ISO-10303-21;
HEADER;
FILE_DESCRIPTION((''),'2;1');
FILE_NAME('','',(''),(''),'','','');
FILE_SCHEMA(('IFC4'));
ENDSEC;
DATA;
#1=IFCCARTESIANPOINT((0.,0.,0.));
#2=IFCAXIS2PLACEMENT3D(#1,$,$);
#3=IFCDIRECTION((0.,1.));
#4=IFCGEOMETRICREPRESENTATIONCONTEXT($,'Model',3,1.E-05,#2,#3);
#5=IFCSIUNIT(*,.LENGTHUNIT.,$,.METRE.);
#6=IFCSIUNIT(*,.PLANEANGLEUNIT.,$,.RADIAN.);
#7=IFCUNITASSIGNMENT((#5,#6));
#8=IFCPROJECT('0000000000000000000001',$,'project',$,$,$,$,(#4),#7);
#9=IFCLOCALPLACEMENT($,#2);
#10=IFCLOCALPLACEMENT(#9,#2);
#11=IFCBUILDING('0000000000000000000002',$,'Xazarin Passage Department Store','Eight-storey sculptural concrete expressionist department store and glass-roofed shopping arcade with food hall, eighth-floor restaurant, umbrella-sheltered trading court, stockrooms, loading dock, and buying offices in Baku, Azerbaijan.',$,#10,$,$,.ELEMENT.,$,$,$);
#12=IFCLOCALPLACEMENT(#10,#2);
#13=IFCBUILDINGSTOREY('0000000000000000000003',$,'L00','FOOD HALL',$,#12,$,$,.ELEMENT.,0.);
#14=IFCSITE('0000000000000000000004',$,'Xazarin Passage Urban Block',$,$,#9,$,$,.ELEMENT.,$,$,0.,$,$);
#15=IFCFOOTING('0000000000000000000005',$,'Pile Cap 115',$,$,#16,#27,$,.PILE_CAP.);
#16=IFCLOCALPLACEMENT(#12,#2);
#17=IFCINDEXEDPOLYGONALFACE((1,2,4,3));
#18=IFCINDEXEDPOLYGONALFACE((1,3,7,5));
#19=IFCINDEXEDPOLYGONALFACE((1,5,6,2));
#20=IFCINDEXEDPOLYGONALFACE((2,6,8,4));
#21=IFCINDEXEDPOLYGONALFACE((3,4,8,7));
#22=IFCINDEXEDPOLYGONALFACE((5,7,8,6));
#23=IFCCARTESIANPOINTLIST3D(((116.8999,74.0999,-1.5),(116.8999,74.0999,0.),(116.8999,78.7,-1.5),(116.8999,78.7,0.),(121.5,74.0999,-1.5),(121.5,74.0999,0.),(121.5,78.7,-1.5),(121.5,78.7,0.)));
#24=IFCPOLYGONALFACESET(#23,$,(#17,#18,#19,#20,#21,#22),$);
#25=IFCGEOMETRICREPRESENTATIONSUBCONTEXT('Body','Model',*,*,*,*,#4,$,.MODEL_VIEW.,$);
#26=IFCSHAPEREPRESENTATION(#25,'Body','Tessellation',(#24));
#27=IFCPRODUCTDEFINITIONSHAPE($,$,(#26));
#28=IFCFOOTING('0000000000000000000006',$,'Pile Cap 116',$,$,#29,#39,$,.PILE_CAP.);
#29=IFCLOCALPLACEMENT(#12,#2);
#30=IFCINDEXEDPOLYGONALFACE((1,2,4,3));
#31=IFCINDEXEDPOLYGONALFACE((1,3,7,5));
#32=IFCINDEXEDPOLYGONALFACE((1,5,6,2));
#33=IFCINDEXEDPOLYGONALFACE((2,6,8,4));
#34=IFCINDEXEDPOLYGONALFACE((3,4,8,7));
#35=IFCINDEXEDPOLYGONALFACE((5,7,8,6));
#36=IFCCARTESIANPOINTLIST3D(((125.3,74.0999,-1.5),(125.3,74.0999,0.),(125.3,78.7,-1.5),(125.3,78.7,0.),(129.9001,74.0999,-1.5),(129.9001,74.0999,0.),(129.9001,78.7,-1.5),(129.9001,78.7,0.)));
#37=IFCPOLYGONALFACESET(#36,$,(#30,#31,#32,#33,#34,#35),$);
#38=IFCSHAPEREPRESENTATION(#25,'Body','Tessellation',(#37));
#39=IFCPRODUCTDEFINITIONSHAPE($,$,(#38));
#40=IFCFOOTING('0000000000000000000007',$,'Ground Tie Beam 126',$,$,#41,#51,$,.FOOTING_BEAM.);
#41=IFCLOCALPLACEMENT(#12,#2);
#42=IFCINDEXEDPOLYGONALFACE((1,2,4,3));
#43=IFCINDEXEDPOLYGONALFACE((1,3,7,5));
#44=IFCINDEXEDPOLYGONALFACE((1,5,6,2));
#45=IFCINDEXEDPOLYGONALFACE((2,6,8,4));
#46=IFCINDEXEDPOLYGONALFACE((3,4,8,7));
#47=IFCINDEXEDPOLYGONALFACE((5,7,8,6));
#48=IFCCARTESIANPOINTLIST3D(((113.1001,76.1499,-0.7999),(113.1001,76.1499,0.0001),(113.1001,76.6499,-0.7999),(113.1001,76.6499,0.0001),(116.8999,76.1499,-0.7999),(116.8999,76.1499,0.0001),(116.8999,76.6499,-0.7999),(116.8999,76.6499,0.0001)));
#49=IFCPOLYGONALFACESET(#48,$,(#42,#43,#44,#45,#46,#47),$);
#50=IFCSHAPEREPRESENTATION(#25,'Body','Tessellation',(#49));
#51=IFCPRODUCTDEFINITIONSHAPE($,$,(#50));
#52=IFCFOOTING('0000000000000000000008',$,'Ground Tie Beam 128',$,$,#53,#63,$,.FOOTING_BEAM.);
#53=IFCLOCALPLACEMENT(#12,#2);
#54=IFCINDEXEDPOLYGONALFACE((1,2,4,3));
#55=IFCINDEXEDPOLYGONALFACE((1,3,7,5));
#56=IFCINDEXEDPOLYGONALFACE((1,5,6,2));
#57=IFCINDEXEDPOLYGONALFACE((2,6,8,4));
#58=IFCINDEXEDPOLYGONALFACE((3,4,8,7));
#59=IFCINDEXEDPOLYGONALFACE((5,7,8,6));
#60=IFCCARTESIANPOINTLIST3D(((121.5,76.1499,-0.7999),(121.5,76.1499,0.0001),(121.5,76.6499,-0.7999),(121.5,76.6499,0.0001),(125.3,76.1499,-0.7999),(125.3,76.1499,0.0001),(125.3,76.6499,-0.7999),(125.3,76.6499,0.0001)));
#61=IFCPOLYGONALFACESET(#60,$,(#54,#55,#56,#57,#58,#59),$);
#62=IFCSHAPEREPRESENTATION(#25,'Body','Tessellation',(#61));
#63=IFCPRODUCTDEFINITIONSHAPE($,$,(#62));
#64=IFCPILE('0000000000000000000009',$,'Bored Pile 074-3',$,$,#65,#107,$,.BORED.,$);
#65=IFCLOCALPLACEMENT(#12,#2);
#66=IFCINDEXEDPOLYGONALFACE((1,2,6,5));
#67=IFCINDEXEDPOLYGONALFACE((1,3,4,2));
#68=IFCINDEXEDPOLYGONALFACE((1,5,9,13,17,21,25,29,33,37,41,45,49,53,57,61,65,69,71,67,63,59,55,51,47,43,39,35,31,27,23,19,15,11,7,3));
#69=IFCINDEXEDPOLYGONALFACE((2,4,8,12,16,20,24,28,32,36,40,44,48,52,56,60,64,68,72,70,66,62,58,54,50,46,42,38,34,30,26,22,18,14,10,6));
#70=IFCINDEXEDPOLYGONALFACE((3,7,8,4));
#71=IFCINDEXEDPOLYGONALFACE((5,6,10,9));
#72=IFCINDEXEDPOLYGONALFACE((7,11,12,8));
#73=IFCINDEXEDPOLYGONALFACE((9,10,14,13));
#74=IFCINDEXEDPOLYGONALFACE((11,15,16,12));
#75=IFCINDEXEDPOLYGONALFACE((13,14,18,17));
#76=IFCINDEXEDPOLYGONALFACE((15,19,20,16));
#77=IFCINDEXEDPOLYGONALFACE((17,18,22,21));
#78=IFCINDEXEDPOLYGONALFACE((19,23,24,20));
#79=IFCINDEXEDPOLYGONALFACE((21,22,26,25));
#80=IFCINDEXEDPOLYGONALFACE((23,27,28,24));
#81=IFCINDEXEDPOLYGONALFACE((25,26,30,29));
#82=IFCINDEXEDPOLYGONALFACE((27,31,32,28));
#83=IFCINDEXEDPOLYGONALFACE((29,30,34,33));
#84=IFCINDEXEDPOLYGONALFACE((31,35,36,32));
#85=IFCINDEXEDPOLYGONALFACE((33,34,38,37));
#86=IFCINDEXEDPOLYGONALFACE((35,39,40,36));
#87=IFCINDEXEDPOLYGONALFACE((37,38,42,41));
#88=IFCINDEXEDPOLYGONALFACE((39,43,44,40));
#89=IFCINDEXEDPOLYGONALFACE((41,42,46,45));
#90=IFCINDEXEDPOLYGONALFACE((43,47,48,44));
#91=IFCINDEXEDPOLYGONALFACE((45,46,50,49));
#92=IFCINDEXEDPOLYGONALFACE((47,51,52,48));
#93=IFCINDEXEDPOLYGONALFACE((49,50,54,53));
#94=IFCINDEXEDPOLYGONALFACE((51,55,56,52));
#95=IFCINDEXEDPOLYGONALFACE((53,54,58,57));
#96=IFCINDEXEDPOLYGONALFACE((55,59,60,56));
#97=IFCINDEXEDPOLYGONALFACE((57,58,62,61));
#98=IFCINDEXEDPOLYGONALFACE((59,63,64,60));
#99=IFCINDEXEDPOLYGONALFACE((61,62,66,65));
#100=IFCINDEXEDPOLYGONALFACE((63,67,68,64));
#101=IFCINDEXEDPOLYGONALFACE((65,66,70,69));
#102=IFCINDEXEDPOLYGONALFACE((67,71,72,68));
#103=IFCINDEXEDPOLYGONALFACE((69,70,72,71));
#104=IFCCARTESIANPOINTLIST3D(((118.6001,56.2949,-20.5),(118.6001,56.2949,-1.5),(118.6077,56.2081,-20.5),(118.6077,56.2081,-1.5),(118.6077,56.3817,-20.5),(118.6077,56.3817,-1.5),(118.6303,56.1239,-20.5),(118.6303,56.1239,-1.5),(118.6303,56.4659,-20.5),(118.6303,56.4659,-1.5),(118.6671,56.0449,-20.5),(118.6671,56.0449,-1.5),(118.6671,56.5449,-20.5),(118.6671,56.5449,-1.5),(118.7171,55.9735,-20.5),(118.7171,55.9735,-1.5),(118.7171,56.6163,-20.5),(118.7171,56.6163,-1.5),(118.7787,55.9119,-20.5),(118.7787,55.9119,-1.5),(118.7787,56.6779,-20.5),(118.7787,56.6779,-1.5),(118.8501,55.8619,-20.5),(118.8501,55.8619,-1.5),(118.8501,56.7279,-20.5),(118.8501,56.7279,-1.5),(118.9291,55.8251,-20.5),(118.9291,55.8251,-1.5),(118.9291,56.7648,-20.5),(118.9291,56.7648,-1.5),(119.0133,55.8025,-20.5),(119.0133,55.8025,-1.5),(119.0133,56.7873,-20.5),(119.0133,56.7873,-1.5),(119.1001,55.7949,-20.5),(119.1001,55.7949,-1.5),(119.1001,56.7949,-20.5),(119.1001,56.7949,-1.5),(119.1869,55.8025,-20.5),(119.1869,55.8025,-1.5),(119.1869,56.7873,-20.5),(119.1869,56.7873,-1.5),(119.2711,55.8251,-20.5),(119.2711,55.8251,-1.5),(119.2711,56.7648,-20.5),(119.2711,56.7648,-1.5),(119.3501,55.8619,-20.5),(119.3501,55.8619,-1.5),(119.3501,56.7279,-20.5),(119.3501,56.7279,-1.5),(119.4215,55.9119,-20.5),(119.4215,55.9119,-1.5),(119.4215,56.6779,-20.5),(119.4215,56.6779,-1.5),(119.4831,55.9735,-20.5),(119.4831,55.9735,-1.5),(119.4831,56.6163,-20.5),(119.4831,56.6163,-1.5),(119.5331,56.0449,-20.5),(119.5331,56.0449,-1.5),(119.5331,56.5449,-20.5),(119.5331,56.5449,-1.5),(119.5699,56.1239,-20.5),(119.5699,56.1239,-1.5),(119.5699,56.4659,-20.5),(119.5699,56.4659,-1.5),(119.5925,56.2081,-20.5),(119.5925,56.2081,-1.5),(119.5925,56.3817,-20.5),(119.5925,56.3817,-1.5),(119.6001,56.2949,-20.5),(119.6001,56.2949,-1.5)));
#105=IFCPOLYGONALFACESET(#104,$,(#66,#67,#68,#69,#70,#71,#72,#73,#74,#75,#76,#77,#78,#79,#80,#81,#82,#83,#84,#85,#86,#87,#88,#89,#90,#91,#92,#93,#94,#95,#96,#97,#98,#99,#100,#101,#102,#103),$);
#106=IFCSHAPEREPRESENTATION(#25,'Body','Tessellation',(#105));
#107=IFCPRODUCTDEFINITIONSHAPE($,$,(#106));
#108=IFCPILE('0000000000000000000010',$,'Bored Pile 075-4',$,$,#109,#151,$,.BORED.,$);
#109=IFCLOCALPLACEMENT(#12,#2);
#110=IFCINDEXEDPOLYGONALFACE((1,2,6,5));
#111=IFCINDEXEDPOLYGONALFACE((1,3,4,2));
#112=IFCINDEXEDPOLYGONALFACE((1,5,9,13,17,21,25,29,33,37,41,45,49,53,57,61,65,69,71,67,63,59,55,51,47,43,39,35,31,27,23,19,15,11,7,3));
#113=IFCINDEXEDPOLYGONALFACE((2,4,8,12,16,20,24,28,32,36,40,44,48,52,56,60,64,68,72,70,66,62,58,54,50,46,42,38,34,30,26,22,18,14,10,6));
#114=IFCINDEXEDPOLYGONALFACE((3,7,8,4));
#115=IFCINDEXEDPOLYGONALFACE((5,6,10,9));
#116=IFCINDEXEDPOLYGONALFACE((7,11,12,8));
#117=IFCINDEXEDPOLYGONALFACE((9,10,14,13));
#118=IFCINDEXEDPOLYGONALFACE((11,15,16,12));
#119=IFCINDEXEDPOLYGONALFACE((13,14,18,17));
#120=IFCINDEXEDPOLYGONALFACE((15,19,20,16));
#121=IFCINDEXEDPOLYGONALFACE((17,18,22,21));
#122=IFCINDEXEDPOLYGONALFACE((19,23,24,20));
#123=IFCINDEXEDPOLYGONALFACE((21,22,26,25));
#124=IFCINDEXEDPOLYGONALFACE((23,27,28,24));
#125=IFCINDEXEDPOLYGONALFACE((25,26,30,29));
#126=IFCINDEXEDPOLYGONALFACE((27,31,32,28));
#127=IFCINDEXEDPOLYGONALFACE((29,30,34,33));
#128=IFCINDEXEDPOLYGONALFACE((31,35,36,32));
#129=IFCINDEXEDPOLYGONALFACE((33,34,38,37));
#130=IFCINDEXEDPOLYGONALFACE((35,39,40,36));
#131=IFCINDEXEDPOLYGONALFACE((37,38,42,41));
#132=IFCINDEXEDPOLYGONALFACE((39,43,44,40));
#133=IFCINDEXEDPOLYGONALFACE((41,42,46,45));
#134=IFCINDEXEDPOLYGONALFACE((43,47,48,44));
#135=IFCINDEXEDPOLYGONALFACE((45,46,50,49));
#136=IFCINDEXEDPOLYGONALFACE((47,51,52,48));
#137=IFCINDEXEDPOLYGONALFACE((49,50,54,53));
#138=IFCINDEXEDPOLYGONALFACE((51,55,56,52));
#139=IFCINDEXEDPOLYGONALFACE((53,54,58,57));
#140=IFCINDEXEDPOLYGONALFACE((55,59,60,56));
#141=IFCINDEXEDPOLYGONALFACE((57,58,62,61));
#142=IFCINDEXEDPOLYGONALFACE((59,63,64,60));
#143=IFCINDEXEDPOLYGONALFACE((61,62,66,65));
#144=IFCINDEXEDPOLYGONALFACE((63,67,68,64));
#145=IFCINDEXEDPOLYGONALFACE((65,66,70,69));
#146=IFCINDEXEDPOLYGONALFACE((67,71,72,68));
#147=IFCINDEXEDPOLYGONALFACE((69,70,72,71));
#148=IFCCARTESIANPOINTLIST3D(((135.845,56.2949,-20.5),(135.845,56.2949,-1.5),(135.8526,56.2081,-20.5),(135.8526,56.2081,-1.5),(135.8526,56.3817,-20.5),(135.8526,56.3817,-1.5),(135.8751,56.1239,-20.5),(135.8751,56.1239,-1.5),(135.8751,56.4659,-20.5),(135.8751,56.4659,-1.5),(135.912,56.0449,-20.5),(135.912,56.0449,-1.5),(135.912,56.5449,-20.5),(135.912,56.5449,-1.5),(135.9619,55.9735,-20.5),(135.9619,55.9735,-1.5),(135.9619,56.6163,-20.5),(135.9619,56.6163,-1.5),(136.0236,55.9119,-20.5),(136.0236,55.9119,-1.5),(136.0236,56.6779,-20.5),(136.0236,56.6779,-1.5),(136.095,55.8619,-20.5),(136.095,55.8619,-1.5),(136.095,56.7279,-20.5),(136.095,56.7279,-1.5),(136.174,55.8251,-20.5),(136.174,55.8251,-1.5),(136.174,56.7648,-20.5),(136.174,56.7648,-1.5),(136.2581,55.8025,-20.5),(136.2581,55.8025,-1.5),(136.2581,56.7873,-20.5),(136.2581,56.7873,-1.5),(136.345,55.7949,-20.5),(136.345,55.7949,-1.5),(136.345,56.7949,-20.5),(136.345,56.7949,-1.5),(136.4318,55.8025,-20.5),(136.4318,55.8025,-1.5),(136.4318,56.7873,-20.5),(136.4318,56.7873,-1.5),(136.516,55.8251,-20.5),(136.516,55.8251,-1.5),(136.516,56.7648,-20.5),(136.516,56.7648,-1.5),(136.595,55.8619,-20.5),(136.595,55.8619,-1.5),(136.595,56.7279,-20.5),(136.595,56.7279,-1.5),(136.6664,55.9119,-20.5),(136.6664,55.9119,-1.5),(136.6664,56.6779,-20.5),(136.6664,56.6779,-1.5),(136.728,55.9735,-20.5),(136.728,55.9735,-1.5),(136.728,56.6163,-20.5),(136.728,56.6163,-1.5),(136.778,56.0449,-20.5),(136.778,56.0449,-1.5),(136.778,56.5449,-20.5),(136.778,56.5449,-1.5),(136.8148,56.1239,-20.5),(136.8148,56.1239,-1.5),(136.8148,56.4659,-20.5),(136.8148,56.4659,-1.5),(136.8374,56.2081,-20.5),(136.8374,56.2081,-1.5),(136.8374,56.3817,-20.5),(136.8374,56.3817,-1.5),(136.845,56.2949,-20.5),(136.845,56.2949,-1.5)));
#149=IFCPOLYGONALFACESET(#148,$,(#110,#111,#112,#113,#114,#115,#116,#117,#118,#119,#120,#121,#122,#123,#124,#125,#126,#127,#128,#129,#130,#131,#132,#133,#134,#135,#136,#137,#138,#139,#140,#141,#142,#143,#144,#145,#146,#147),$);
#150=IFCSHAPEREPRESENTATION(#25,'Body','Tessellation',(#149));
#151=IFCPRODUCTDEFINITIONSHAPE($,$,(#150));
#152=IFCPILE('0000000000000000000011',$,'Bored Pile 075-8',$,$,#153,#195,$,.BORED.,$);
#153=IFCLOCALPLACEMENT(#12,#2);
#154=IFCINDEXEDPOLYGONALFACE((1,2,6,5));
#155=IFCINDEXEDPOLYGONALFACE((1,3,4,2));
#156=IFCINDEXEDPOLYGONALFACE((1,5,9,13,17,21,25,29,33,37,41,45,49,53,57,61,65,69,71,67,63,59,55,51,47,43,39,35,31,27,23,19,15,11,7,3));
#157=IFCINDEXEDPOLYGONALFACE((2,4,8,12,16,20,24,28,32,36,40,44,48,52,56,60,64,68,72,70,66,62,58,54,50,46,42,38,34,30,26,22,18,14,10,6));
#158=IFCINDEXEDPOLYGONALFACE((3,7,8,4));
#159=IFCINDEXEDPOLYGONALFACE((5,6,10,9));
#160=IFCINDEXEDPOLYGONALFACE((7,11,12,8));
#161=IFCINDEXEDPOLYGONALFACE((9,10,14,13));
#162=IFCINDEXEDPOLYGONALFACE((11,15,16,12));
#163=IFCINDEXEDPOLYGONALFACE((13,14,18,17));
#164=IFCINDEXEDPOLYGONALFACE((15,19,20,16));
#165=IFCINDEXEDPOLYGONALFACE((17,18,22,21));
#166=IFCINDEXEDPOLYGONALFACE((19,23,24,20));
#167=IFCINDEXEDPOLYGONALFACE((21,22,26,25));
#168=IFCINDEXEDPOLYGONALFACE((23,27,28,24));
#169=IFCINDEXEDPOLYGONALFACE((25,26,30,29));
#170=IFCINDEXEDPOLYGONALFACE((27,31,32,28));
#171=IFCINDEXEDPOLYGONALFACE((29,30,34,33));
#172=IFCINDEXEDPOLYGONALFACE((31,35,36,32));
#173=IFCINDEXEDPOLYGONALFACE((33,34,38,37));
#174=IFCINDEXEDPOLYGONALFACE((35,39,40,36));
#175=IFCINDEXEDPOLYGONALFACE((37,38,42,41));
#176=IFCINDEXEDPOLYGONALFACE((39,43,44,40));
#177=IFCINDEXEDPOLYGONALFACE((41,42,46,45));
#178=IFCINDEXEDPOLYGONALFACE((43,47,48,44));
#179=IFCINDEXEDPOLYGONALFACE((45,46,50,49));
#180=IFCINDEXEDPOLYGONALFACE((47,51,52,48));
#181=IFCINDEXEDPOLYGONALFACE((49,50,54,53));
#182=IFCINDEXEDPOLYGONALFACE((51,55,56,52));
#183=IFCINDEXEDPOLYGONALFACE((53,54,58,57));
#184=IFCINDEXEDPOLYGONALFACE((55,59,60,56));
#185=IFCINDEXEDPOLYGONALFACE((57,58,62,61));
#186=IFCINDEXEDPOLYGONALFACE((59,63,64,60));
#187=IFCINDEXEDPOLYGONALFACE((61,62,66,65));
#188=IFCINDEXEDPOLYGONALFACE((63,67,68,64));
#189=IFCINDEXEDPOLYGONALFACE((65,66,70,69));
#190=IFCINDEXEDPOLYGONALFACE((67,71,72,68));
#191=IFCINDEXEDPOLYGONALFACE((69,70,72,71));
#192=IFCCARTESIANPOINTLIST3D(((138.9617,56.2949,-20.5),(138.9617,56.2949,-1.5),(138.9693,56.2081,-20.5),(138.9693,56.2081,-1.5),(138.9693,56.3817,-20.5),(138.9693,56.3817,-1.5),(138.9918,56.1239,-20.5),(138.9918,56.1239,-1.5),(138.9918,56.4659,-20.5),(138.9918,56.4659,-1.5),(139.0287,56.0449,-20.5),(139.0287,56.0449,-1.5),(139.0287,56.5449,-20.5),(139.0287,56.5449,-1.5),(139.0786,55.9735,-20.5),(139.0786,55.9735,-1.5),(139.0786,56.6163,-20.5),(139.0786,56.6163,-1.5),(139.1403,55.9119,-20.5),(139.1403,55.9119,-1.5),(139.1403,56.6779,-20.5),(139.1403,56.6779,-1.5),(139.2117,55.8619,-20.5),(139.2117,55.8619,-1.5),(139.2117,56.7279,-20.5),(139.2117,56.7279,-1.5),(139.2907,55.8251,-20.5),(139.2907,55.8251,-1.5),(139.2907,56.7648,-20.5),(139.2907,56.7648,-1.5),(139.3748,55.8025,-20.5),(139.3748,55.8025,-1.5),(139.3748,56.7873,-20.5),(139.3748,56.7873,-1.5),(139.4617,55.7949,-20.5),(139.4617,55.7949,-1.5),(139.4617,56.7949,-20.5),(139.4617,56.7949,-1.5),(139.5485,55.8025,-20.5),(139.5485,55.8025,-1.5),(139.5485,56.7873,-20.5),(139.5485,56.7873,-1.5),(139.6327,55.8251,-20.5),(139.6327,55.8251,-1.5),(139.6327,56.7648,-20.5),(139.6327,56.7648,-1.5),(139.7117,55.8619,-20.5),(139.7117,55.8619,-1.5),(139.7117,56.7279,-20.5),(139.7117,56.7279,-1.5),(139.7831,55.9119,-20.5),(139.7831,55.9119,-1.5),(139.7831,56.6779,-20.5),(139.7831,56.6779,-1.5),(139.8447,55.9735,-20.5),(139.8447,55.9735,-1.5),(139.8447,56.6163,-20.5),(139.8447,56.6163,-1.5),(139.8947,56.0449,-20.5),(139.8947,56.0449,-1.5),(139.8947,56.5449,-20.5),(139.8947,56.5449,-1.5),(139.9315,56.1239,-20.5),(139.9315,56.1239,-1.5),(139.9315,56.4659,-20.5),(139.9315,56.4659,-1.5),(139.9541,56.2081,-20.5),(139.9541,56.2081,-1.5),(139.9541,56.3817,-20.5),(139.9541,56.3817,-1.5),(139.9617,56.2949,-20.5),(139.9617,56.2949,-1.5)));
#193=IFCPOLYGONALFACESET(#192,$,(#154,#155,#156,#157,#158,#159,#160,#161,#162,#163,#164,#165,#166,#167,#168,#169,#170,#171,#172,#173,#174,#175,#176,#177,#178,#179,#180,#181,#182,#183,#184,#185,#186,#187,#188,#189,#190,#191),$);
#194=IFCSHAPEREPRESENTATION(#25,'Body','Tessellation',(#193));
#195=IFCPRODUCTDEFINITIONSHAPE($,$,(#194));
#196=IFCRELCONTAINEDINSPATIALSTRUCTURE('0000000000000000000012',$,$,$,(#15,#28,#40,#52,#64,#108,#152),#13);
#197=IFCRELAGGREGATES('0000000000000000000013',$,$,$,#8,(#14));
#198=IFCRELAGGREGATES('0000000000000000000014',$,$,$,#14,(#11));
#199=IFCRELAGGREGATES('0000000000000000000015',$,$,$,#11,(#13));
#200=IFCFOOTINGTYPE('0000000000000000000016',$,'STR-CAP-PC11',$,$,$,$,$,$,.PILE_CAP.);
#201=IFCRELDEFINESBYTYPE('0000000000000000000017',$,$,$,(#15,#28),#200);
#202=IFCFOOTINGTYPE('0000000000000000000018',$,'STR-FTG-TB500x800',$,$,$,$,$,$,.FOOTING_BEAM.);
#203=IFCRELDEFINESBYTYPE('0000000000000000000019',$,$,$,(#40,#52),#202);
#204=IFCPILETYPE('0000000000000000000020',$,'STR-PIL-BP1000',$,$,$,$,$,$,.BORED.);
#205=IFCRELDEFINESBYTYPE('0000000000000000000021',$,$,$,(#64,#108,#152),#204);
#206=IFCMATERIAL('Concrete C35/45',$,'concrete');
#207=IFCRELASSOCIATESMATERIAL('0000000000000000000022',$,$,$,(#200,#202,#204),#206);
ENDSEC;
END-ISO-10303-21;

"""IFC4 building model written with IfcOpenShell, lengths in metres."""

from ifc_helpers import new_model, si_unit, direction, frame, origin, origin_2d, place, context, subcontext, project, spatial, rectangle, circle, extrude, material, material_profile, profile_set, type_object, element, save


model = new_model("IFC4")

# Units and contexts
model_context = context("Model", 3, precision=1e-05, world=origin(), true_north=direction((0.0, 1.0)))
body_context = subcontext(model_context, "Body", "Model", "MODEL_VIEW")
ifc_project = project(units=[si_unit("LENGTHUNIT", "METRE"), si_unit("PLANEANGLEUNIT", "RADIAN")], contexts=[model_context])

# Site, building, storey
site_placement = place(None, origin())
site = spatial("IfcSite", under=ifc_project, at=site_placement, Name="Xazarin Passage Urban Block", CompositionType="ELEMENT", RefElevation=0.0)
building_placement = place(site_placement, origin())
building = spatial("IfcBuilding", under=site, at=building_placement, Name="Xazarin Passage Department Store", Description="Eight-storey sculptural concrete expressionist department store and glass-roofed shopping arcade with food hall, eighth-floor restaurant, umbrella-sheltered trading court, stockrooms, loading dock, and buying offices in Baku, Azerbaijan.", CompositionType="ELEMENT")
storey_placement = place(building_placement, origin())
storey = spatial("IfcBuildingStorey", under=building, at=storey_placement, Name="L00", Description="FOOD HALL", CompositionType="ELEMENT", Elevation=0.0)

# Footings
ifc_material_1 = material(Name="Concrete C35/45", Category="concrete")
footing_type_1 = type_object("IfcFootingType", Name="STR-CAP-PC11", PredefinedType="PILE_CAP", material=ifc_material_1)
for number, where, z_axis, x_axis, name in (
    (1, (119.2, 76.3999, -1.5), (0.0, 0.0, 1.0), (1.0, 0.0, 0.0), "Pile Cap 115"),
    (2, (127.6001, 76.3999, -1.5), (0.0, 0.0, 1.0), (1.0, 0.0, 0.0), "Pile Cap 116"),
):
    element("IfcFooting", number, at=place(storey_placement, frame(where, z_axis=z_axis, x_axis=x_axis)), inside=storey, type_object=footing_type_1, Name=name, PredefinedType="PILE_CAP", context=body_context, shape_type="SweptSolid", body=[
        extrude(rectangle(XDim=4.6001, YDim=4.6001, at=origin_2d()), origin(), (0.0, 0.0, 1.0), 1.5),
    ])
ifc_material_profile_1 = material_profile(ifc_material_1, rectangle(XDim=0.5, YDim=0.8, at=origin_2d()), Name="RC 500x800")
ifc_profile_set_1 = profile_set([ifc_material_profile_1], Name="Concrete C35/45")
footing_type_2 = type_object("IfcFootingType", Name="STR-FTG-TB500x800", PredefinedType="FOOTING_BEAM", material=ifc_profile_set_1)
footing_1_placement = place(storey_placement, frame((113.1001, 76.3999, -0.3999), z_axis=(1.0, 0.0, 0.0), x_axis=(0.0, 1.0, 0.0)))
element("IfcFooting", 3, at=footing_1_placement, inside=storey, type_object=footing_type_2, Name="Ground Tie Beam 126", PredefinedType="FOOTING_BEAM", context=body_context, shape_type="SweptSolid", body=[
    extrude(rectangle(XDim=0.5, YDim=0.8, at=origin_2d()), origin(), (0.0, 0.0, 1.0), 3.7998),
])
footing_2_placement = place(storey_placement, frame((121.5, 76.3999, -0.3999), z_axis=(1.0, 0.0, 0.0), x_axis=(0.0, 1.0, 0.0)))
element("IfcFooting", 4, at=footing_2_placement, inside=storey, type_object=footing_type_2, Name="Ground Tie Beam 128", PredefinedType="FOOTING_BEAM", context=body_context, shape_type="SweptSolid", body=[
    extrude(rectangle(XDim=0.5, YDim=0.8, at=origin_2d()), origin(), (0.0, 0.0, 1.0), 3.8),
])

# Piles
ifc_material_profile_2 = material_profile(ifc_material_1, circle(Radius=0.5, at=origin_2d()), Name="BP 1000")
ifc_profile_set_2 = profile_set([ifc_material_profile_2], Name="Concrete C35/45")
pile_type_1 = type_object("IfcPileType", Name="STR-PIL-BP1000", PredefinedType="BORED", material=ifc_profile_set_2)
for number, where, z_axis, x_axis, name in (
    (5, (119.1001, 56.2949, -1.5), (0.0, 0.0, -1.0), (1.0, 0.0, 0.0), "Bored Pile 074-3"),
    (6, (136.345, 56.2949, -1.5), (0.0, 0.0, -1.0), (1.0, 0.0, 0.0), "Bored Pile 075-4"),
    (7, (139.4617, 56.2949, -1.5), (0.0, 0.0, -1.0), (1.0, 0.0, 0.0), "Bored Pile 075-8"),
):
    element("IfcPile", number, at=place(storey_placement, frame(where, z_axis=z_axis, x_axis=x_axis)), inside=storey, type_object=pile_type_1, Name=name, PredefinedType="BORED", context=body_context, shape_type="SweptSolid", body=[
        extrude(circle(Radius=0.5, at=origin_2d()), origin(), (0.0, 0.0, 1.0), 19.0),
    ])

save(model, "model.ifc")
